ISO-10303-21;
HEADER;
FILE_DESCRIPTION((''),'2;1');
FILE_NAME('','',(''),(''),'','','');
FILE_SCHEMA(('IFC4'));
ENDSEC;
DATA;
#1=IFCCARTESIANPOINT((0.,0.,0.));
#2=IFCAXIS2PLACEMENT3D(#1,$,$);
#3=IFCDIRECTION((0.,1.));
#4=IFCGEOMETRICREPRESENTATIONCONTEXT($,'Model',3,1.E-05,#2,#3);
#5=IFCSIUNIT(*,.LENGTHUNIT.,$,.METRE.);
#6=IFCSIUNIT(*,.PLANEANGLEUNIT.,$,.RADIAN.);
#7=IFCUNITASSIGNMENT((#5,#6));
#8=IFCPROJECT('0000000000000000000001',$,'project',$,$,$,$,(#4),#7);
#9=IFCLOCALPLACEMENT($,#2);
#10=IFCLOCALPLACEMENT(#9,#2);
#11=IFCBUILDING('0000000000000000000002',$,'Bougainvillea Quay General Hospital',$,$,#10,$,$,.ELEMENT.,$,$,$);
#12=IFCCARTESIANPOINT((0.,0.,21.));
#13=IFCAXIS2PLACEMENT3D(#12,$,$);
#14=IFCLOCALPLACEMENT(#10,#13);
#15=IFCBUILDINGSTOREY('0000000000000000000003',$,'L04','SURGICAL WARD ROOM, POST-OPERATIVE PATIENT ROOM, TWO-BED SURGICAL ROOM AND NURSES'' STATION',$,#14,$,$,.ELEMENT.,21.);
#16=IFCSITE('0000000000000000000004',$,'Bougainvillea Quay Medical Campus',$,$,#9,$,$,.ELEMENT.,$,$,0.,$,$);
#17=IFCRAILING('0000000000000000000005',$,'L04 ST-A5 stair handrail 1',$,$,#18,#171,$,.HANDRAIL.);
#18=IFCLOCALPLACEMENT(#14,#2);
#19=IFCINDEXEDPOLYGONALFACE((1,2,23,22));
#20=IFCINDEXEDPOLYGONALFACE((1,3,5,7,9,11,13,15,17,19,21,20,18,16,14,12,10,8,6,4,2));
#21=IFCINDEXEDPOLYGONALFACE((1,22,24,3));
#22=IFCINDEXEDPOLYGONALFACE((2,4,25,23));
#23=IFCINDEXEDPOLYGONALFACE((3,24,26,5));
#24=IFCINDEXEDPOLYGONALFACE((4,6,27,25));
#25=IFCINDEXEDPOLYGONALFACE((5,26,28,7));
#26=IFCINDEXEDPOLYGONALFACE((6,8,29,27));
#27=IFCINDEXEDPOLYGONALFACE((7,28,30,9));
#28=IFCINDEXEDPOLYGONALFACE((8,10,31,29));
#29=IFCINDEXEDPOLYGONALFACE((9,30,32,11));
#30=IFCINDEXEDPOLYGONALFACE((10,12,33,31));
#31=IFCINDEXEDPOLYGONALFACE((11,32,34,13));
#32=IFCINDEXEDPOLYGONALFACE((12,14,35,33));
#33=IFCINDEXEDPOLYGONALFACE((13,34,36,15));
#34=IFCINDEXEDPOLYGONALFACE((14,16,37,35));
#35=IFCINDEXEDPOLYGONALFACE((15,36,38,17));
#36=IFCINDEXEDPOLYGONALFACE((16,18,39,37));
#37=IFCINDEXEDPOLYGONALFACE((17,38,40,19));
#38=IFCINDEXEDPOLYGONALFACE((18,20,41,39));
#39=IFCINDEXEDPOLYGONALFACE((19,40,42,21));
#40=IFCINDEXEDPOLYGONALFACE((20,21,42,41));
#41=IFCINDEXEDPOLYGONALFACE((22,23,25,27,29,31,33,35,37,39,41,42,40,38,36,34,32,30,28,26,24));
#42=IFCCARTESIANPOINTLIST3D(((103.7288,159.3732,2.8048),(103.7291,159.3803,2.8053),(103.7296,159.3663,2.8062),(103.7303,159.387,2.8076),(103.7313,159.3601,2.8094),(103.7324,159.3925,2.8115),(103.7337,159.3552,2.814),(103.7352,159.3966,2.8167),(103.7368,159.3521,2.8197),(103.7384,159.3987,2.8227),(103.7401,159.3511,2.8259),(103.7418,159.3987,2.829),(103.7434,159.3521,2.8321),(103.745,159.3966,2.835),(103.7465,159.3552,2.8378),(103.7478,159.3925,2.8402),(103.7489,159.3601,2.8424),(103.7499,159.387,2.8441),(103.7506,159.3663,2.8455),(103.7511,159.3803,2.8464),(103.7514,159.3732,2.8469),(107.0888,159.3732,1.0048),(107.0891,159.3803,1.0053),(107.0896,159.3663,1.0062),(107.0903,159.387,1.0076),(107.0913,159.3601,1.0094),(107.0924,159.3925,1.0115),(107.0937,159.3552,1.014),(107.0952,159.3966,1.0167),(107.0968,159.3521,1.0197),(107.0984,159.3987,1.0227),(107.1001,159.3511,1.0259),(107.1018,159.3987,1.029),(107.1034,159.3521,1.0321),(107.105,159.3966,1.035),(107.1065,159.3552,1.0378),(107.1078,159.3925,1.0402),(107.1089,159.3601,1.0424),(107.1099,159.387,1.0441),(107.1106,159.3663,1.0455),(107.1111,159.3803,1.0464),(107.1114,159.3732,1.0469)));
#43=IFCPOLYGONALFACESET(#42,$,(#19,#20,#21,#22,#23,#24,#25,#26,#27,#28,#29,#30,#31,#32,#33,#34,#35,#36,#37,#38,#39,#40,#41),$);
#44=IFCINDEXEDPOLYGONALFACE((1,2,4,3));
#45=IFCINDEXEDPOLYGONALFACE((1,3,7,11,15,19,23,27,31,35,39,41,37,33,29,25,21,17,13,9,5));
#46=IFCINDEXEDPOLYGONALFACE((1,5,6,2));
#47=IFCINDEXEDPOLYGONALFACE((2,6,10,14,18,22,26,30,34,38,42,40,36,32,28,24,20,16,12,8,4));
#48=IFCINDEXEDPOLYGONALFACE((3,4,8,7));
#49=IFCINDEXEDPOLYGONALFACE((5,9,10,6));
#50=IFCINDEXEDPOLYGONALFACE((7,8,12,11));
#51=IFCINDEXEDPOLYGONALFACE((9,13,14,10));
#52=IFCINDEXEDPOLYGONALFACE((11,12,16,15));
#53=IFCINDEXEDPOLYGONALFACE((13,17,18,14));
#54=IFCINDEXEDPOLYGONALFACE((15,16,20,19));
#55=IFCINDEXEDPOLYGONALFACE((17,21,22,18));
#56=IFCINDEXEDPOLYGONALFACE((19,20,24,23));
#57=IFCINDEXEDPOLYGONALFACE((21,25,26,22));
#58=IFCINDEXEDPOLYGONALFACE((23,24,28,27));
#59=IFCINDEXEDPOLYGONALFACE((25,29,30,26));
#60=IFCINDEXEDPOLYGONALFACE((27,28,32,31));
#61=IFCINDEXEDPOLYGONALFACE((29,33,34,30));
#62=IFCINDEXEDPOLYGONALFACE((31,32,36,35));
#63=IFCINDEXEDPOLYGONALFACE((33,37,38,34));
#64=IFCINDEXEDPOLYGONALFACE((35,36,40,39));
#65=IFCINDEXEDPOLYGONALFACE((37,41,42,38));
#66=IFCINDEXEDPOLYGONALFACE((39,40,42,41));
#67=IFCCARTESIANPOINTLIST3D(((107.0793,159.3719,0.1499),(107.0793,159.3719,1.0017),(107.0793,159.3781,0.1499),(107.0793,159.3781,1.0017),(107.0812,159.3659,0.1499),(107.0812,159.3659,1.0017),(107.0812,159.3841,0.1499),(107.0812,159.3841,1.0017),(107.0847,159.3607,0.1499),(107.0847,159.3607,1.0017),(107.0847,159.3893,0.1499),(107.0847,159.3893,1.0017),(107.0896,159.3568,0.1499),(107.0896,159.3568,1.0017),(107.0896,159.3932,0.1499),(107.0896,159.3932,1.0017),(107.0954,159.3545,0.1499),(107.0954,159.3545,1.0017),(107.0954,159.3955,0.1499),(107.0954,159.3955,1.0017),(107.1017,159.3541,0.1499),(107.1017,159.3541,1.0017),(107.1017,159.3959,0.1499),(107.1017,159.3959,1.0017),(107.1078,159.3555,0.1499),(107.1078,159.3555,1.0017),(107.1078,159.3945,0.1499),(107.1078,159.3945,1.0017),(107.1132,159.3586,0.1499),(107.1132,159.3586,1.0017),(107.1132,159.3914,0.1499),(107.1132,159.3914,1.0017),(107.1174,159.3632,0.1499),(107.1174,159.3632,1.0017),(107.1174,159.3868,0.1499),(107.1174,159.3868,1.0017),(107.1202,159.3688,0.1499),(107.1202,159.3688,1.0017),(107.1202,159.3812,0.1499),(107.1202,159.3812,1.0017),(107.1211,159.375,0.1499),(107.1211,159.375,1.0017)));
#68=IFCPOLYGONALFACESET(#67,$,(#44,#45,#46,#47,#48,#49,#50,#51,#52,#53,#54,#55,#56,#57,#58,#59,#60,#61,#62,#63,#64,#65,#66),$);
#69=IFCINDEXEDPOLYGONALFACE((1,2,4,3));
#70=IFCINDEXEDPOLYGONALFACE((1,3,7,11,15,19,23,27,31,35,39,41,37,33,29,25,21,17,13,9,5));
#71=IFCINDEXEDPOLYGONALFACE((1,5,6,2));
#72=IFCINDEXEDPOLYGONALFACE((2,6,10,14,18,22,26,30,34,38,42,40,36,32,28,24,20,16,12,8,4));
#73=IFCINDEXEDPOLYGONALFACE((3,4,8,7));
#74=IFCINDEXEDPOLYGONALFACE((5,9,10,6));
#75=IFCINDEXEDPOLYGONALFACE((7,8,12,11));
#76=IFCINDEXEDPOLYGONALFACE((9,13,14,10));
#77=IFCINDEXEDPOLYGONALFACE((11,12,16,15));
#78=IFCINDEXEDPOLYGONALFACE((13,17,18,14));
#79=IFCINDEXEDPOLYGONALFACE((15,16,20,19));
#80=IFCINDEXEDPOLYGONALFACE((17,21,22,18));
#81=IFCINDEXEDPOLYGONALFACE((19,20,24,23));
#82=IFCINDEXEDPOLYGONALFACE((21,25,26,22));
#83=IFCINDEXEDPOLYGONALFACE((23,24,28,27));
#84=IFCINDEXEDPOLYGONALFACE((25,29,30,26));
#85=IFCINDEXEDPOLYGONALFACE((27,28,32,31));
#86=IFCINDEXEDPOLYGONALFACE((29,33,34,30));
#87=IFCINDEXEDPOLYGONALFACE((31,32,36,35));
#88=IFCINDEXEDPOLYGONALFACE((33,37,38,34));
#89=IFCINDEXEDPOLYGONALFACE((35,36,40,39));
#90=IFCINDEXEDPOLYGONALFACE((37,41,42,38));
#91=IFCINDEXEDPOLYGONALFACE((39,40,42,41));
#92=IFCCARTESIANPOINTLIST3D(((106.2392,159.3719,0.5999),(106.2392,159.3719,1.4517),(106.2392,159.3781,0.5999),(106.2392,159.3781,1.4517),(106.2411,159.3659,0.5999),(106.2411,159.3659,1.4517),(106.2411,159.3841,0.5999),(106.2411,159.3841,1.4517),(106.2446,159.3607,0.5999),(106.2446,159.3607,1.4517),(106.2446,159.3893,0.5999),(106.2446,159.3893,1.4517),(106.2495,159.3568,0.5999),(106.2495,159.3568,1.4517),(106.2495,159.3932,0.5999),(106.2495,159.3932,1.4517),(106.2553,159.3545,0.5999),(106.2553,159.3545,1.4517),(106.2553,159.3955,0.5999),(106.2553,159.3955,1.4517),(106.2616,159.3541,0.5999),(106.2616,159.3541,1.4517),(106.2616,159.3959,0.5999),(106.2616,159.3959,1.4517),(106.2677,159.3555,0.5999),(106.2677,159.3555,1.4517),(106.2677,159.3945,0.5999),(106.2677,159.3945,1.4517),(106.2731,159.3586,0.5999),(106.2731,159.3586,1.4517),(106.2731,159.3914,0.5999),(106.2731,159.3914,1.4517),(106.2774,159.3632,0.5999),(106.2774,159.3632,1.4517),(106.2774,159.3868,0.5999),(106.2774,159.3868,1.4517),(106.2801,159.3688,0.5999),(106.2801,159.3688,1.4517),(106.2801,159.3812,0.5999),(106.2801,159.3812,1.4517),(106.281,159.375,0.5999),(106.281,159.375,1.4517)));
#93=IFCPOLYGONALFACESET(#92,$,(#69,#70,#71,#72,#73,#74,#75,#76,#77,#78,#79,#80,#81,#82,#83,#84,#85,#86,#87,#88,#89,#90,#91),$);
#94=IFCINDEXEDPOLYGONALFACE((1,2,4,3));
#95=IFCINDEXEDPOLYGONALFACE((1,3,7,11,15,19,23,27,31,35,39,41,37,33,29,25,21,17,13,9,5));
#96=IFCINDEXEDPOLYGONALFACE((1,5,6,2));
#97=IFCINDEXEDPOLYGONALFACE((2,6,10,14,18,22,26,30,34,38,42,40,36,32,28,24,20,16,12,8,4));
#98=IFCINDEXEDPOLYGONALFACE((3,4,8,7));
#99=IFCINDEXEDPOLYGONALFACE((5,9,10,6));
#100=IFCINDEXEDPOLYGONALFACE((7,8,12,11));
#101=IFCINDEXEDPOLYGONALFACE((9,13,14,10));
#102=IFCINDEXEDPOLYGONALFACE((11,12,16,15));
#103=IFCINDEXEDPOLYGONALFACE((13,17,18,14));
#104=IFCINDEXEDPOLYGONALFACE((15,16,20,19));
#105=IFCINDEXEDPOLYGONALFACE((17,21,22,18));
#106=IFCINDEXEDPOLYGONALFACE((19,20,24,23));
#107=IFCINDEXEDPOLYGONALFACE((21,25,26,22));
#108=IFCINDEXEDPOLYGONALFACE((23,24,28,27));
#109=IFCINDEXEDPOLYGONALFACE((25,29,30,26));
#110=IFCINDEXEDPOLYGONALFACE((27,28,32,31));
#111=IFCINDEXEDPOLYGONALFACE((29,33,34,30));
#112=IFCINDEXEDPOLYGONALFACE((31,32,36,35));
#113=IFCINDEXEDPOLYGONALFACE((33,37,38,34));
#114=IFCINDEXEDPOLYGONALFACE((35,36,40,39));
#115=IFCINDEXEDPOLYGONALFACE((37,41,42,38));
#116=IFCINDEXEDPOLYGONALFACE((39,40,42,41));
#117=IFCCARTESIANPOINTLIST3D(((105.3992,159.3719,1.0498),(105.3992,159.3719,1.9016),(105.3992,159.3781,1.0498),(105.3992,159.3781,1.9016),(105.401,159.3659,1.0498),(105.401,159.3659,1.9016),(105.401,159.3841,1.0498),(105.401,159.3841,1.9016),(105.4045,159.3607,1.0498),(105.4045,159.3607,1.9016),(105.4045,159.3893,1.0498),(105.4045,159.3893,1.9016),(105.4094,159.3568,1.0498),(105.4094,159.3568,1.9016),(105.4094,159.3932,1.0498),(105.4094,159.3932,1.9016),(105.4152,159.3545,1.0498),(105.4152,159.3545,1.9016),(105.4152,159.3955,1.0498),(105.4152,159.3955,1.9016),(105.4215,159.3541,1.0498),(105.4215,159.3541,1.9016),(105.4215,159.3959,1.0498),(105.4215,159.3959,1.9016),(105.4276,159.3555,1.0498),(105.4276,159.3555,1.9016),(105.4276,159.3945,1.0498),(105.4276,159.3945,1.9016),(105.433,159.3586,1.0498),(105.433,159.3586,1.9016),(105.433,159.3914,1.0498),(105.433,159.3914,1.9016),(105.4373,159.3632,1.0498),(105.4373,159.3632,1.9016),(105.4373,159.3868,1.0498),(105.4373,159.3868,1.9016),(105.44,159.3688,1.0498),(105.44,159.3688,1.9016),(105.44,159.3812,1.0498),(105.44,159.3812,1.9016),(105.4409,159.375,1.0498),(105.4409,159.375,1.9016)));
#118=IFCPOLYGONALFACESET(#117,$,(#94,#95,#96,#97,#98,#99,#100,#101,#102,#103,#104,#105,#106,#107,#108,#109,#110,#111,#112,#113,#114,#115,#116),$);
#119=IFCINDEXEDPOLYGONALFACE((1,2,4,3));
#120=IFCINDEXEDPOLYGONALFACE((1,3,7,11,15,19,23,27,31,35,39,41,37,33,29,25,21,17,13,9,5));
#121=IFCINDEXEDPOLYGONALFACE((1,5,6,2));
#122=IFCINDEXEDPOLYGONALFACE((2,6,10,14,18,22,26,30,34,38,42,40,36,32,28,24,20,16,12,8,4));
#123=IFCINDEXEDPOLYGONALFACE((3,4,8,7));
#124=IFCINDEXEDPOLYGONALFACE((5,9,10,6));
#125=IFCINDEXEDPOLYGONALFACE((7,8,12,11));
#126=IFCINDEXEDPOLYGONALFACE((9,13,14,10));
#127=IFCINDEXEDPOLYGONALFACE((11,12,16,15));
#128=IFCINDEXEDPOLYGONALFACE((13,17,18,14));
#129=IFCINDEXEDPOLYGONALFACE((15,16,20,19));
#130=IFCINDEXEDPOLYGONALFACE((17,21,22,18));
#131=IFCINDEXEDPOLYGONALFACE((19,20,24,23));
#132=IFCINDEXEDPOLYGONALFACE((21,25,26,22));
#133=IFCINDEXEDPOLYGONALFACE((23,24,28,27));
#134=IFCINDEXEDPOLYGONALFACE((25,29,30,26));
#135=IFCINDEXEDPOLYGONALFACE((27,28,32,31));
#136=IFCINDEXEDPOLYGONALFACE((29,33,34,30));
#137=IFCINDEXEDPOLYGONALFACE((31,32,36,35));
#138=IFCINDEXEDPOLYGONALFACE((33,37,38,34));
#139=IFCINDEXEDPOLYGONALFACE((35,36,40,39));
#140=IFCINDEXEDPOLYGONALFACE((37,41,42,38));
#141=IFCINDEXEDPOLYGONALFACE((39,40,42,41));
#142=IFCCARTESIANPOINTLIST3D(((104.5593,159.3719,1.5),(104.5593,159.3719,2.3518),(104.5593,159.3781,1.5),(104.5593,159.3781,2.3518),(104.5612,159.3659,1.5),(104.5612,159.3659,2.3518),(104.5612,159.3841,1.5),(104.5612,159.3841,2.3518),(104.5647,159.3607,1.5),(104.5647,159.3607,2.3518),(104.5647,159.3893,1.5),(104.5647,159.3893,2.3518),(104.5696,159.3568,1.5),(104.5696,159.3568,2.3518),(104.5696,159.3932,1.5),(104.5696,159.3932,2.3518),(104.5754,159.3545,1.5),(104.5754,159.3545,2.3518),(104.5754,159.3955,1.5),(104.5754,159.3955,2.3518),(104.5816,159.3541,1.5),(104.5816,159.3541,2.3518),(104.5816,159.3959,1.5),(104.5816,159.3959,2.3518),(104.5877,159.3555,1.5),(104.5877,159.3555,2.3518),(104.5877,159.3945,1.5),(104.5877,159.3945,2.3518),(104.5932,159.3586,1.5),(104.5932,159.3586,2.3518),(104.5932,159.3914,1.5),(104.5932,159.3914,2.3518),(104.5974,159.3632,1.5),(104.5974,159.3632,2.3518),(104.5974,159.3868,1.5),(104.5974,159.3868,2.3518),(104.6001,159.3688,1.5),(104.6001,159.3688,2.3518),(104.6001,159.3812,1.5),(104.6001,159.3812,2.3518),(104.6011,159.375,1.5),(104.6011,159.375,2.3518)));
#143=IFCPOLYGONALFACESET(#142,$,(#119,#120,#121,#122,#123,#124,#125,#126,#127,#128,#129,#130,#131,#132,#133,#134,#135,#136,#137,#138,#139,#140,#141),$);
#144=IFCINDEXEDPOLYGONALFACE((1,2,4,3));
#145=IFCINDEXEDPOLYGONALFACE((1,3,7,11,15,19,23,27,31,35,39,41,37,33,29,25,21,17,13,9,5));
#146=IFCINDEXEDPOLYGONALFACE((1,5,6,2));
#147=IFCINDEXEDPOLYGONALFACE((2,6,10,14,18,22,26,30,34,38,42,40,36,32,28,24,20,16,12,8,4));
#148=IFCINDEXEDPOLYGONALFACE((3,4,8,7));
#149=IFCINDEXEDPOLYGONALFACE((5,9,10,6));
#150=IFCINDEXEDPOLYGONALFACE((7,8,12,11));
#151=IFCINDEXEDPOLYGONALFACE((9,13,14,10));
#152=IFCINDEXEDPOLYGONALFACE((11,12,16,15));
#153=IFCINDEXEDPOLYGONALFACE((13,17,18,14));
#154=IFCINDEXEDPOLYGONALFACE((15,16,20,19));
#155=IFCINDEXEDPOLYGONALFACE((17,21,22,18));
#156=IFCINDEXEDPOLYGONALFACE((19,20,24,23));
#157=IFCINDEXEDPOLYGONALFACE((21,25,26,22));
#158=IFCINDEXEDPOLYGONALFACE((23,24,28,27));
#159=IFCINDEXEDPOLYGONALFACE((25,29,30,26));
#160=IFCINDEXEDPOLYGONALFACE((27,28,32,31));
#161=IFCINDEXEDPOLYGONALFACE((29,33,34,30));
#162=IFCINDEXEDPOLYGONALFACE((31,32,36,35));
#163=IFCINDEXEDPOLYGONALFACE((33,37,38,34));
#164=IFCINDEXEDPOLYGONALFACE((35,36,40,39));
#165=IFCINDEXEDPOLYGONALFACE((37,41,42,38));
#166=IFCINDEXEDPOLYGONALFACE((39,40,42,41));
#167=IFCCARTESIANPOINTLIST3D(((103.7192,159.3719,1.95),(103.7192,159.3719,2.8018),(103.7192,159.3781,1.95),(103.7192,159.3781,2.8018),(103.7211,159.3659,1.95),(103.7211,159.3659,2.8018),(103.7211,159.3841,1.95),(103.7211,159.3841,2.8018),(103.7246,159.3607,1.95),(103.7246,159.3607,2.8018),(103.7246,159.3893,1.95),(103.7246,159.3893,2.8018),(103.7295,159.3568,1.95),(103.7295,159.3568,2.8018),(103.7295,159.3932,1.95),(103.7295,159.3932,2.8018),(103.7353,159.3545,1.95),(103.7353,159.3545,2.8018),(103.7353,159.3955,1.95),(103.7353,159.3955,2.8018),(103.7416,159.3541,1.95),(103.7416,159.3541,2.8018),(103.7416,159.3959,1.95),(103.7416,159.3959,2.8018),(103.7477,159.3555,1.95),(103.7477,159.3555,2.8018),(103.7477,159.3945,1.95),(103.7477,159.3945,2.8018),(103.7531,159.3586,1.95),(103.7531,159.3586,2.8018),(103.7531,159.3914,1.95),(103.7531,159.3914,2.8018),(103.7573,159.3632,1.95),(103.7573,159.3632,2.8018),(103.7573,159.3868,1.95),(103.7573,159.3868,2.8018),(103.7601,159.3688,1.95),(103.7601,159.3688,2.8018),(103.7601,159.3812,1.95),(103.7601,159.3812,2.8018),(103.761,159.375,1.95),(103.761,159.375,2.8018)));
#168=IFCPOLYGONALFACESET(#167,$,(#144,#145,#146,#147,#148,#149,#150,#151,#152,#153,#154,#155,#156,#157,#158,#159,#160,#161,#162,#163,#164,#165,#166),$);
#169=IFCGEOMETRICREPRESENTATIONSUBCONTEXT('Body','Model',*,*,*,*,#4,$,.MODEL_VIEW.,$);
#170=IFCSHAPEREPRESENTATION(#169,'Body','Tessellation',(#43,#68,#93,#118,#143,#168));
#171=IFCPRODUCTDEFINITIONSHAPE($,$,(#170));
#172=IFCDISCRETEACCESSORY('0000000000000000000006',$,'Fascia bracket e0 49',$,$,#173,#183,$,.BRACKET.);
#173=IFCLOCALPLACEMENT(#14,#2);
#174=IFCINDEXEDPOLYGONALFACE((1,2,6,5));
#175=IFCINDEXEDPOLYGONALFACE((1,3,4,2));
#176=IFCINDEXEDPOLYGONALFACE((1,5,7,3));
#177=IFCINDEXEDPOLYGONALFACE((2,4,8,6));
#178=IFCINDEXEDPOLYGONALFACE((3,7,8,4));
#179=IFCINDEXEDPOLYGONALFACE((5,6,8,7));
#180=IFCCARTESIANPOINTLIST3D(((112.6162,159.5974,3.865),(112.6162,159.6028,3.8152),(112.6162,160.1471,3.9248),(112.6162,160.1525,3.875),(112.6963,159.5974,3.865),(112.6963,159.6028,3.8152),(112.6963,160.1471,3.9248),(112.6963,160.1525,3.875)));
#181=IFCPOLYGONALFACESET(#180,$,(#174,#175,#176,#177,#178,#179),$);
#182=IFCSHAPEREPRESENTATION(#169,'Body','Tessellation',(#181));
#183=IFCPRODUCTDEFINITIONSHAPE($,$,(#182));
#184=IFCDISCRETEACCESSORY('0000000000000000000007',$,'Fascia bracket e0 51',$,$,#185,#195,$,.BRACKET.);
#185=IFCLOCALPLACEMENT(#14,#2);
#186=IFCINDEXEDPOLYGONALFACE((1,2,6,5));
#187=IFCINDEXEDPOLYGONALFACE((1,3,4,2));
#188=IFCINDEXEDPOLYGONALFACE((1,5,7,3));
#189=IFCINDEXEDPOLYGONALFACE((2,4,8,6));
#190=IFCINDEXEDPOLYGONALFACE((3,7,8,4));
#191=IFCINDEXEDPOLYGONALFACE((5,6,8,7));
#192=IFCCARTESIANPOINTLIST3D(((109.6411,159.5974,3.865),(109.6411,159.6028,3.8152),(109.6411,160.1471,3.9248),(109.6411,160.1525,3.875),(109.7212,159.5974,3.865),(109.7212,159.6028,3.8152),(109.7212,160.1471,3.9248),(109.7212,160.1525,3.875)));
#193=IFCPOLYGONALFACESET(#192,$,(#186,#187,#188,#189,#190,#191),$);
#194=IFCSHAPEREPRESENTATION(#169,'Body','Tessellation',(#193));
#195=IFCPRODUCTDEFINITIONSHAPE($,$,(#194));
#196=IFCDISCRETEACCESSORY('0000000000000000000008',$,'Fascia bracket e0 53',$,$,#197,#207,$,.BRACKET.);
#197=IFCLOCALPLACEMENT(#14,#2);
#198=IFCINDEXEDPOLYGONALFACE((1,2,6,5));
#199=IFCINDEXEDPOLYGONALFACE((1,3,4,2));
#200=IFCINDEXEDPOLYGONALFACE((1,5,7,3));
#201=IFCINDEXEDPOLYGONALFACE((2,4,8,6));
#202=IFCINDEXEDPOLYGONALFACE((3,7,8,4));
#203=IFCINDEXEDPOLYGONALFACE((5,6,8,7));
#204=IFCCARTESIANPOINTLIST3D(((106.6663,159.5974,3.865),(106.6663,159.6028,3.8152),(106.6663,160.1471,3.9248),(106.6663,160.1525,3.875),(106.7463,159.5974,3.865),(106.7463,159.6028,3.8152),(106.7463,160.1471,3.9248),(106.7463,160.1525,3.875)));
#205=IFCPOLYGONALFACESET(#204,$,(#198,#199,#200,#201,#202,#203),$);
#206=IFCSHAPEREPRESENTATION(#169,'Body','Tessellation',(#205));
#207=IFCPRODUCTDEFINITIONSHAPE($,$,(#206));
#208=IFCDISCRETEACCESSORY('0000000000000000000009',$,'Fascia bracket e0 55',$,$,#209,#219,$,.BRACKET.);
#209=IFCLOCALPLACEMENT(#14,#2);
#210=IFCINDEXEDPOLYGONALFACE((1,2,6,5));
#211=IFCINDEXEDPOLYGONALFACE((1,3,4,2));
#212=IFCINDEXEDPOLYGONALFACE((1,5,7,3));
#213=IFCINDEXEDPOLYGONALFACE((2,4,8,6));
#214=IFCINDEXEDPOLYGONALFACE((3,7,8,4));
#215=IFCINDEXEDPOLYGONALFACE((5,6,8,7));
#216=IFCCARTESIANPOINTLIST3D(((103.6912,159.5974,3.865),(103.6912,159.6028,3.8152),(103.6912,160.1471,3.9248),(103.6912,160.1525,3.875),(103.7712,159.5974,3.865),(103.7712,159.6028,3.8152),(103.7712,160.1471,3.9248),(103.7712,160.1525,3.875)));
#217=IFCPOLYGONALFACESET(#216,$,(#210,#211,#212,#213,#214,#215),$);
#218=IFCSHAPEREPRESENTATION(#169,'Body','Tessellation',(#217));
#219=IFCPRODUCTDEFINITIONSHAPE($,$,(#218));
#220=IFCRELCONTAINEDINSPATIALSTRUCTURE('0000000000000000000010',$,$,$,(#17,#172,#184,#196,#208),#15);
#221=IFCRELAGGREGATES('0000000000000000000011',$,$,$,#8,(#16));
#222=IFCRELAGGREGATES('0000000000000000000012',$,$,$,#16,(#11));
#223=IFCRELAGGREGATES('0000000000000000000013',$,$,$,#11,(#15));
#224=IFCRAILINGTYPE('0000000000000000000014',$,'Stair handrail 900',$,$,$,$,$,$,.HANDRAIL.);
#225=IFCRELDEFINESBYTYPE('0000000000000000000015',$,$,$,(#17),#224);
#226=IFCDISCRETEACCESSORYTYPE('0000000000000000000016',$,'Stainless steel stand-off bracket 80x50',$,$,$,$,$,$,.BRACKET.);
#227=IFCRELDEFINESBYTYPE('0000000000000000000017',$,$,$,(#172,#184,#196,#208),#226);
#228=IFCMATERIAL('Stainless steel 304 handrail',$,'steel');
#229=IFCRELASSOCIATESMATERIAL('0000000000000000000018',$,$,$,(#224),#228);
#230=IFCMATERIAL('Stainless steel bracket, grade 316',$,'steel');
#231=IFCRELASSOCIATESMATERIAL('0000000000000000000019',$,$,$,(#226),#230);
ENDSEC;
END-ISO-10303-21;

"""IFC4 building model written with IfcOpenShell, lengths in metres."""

from ifc_helpers import new_model, si_unit, direction, frame, origin, origin_2d, place, context, subcontext, project, spatial, rectangle, circle, extrude, material, material_profile, profile_set, type_object, element, save


model = new_model("IFC4")

# Units and contexts
model_context = context("Model", 3, precision=1e-05, world=origin(), true_north=direction((0.0, 1.0)))
body_context = subcontext(model_context, "Body", "Model", "MODEL_VIEW")
ifc_project = project(units=[si_unit("LENGTHUNIT", "METRE"), si_unit("PLANEANGLEUNIT", "RADIAN")], contexts=[model_context])

# Site, building, storey
site_placement = place(None, origin())
site = spatial("IfcSite", under=ifc_project, at=site_placement, Name="Bougainvillea Quay Medical Campus", CompositionType="ELEMENT", RefElevation=0.0)
building_placement = place(site_placement, origin())
building = spatial("IfcBuilding", under=site, at=building_placement, Name="Bougainvillea Quay General Hospital", CompositionType="ELEMENT")
storey_placement = place(building_placement, frame((0.0, 0.0, 21.0)))
storey = spatial("IfcBuildingStorey", under=building, at=storey_placement, Name="L04", Description="SURGICAL WARD ROOM, POST-OPERATIVE PATIENT ROOM, TWO-BED SURGICAL ROOM AND NURSES' STATION", CompositionType="ELEMENT", Elevation=21.0)

# Railing
ifc_material_1 = material(Name="Stainless steel 304 handrail", Category="steel")
railing_type = type_object("IfcRailingType", Name="Stair handrail 900", PredefinedType="HANDRAIL", material=ifc_material_1)
railing_placement = place(storey_placement, frame((107.1001, 159.375, 0.1499)))
element("IfcRailing", 1, at=railing_placement, inside=storey, type_object=railing_type, Name="L04 ST-A5 stair handrail 1", PredefinedType="HANDRAIL", context=body_context, shape_type="SweptSolid", body=[
    extrude(circle(Radius=0.0239, at=origin_2d()), frame((0.0, 0.0, 0.876), z_axis=(-0.881481, 0.0, 0.47222), x_axis=(0.0, -1.0, 0.0)), (0.0, 0.0, 1.0), 3.8118),
    extrude(circle(Radius=0.021, at=origin_2d()), origin(), (0.0, 0.0, 1.0), 0.8518),
    extrude(circle(Radius=0.021, at=origin_2d()), frame((-0.8401, 0.0, 0.45)), (0.0, 0.0, 1.0), 0.8518),
    extrude(circle(Radius=0.021, at=origin_2d()), frame((-1.6802, 0.0, 0.8999)), (0.0, 0.0, 1.0), 0.8518),
    extrude(circle(Radius=0.021, at=origin_2d()), frame((-2.52, 0.0, 1.3501)), (0.0, 0.0, 1.0), 0.8518),
    extrude(circle(Radius=0.021, at=origin_2d()), frame((-3.3601, 0.0, 1.8)), (0.0, 0.0, 1.0), 0.8518),
])

# Discrete accessories
ifc_material_2 = material(Name="Stainless steel bracket, grade 316", Category="steel")
ifc_material_profile_1 = material_profile(ifc_material_2, rectangle(XDim=0.0801, YDim=0.05, at=origin_2d()))
ifc_profile_set_1 = profile_set([ifc_material_profile_1], Name="Stainless steel bracket, grade 316")
discrete_accessory_type = type_object("IfcDiscreteAccessoryType", Name="Stainless steel stand-off bracket 80x50", PredefinedType="BRACKET", material=ifc_profile_set_1)
for number, where, z_axis, x_axis, name in (
    (2, (112.6562, 159.6001, 3.8401), (0.0, 0.994134, 0.108154), (-1.0, 0.0, 0.0), "Fascia bracket e0 49"),
    (3, (109.6812, 159.6001, 3.8401), (0.0, 0.994134, 0.108154), (-1.0, 0.0, 0.0), "Fascia bracket e0 51"),
    (4, (106.7063, 159.6001, 3.8401), (0.0, 0.994134, 0.108154), (-1.0, 0.0, 0.0), "Fascia bracket e0 53"),
    (5, (103.7312, 159.6001, 3.8401), (0.0, 0.994134, 0.108154), (-1.0, 0.0, 0.0), "Fascia bracket e0 55"),
):
    element("IfcDiscreteAccessory", number, at=place(storey_placement, frame(where, z_axis=z_axis, x_axis=x_axis)), inside=storey, type_object=discrete_accessory_type, Name=name, PredefinedType="BRACKET", context=body_context, shape_type="SweptSolid", body=[
        extrude(rectangle(XDim=0.0801, YDim=0.05, at=origin_2d()), origin(), (0.0, 0.0, 1.0), 0.553),
    ])

save(model, "model.ifc")
